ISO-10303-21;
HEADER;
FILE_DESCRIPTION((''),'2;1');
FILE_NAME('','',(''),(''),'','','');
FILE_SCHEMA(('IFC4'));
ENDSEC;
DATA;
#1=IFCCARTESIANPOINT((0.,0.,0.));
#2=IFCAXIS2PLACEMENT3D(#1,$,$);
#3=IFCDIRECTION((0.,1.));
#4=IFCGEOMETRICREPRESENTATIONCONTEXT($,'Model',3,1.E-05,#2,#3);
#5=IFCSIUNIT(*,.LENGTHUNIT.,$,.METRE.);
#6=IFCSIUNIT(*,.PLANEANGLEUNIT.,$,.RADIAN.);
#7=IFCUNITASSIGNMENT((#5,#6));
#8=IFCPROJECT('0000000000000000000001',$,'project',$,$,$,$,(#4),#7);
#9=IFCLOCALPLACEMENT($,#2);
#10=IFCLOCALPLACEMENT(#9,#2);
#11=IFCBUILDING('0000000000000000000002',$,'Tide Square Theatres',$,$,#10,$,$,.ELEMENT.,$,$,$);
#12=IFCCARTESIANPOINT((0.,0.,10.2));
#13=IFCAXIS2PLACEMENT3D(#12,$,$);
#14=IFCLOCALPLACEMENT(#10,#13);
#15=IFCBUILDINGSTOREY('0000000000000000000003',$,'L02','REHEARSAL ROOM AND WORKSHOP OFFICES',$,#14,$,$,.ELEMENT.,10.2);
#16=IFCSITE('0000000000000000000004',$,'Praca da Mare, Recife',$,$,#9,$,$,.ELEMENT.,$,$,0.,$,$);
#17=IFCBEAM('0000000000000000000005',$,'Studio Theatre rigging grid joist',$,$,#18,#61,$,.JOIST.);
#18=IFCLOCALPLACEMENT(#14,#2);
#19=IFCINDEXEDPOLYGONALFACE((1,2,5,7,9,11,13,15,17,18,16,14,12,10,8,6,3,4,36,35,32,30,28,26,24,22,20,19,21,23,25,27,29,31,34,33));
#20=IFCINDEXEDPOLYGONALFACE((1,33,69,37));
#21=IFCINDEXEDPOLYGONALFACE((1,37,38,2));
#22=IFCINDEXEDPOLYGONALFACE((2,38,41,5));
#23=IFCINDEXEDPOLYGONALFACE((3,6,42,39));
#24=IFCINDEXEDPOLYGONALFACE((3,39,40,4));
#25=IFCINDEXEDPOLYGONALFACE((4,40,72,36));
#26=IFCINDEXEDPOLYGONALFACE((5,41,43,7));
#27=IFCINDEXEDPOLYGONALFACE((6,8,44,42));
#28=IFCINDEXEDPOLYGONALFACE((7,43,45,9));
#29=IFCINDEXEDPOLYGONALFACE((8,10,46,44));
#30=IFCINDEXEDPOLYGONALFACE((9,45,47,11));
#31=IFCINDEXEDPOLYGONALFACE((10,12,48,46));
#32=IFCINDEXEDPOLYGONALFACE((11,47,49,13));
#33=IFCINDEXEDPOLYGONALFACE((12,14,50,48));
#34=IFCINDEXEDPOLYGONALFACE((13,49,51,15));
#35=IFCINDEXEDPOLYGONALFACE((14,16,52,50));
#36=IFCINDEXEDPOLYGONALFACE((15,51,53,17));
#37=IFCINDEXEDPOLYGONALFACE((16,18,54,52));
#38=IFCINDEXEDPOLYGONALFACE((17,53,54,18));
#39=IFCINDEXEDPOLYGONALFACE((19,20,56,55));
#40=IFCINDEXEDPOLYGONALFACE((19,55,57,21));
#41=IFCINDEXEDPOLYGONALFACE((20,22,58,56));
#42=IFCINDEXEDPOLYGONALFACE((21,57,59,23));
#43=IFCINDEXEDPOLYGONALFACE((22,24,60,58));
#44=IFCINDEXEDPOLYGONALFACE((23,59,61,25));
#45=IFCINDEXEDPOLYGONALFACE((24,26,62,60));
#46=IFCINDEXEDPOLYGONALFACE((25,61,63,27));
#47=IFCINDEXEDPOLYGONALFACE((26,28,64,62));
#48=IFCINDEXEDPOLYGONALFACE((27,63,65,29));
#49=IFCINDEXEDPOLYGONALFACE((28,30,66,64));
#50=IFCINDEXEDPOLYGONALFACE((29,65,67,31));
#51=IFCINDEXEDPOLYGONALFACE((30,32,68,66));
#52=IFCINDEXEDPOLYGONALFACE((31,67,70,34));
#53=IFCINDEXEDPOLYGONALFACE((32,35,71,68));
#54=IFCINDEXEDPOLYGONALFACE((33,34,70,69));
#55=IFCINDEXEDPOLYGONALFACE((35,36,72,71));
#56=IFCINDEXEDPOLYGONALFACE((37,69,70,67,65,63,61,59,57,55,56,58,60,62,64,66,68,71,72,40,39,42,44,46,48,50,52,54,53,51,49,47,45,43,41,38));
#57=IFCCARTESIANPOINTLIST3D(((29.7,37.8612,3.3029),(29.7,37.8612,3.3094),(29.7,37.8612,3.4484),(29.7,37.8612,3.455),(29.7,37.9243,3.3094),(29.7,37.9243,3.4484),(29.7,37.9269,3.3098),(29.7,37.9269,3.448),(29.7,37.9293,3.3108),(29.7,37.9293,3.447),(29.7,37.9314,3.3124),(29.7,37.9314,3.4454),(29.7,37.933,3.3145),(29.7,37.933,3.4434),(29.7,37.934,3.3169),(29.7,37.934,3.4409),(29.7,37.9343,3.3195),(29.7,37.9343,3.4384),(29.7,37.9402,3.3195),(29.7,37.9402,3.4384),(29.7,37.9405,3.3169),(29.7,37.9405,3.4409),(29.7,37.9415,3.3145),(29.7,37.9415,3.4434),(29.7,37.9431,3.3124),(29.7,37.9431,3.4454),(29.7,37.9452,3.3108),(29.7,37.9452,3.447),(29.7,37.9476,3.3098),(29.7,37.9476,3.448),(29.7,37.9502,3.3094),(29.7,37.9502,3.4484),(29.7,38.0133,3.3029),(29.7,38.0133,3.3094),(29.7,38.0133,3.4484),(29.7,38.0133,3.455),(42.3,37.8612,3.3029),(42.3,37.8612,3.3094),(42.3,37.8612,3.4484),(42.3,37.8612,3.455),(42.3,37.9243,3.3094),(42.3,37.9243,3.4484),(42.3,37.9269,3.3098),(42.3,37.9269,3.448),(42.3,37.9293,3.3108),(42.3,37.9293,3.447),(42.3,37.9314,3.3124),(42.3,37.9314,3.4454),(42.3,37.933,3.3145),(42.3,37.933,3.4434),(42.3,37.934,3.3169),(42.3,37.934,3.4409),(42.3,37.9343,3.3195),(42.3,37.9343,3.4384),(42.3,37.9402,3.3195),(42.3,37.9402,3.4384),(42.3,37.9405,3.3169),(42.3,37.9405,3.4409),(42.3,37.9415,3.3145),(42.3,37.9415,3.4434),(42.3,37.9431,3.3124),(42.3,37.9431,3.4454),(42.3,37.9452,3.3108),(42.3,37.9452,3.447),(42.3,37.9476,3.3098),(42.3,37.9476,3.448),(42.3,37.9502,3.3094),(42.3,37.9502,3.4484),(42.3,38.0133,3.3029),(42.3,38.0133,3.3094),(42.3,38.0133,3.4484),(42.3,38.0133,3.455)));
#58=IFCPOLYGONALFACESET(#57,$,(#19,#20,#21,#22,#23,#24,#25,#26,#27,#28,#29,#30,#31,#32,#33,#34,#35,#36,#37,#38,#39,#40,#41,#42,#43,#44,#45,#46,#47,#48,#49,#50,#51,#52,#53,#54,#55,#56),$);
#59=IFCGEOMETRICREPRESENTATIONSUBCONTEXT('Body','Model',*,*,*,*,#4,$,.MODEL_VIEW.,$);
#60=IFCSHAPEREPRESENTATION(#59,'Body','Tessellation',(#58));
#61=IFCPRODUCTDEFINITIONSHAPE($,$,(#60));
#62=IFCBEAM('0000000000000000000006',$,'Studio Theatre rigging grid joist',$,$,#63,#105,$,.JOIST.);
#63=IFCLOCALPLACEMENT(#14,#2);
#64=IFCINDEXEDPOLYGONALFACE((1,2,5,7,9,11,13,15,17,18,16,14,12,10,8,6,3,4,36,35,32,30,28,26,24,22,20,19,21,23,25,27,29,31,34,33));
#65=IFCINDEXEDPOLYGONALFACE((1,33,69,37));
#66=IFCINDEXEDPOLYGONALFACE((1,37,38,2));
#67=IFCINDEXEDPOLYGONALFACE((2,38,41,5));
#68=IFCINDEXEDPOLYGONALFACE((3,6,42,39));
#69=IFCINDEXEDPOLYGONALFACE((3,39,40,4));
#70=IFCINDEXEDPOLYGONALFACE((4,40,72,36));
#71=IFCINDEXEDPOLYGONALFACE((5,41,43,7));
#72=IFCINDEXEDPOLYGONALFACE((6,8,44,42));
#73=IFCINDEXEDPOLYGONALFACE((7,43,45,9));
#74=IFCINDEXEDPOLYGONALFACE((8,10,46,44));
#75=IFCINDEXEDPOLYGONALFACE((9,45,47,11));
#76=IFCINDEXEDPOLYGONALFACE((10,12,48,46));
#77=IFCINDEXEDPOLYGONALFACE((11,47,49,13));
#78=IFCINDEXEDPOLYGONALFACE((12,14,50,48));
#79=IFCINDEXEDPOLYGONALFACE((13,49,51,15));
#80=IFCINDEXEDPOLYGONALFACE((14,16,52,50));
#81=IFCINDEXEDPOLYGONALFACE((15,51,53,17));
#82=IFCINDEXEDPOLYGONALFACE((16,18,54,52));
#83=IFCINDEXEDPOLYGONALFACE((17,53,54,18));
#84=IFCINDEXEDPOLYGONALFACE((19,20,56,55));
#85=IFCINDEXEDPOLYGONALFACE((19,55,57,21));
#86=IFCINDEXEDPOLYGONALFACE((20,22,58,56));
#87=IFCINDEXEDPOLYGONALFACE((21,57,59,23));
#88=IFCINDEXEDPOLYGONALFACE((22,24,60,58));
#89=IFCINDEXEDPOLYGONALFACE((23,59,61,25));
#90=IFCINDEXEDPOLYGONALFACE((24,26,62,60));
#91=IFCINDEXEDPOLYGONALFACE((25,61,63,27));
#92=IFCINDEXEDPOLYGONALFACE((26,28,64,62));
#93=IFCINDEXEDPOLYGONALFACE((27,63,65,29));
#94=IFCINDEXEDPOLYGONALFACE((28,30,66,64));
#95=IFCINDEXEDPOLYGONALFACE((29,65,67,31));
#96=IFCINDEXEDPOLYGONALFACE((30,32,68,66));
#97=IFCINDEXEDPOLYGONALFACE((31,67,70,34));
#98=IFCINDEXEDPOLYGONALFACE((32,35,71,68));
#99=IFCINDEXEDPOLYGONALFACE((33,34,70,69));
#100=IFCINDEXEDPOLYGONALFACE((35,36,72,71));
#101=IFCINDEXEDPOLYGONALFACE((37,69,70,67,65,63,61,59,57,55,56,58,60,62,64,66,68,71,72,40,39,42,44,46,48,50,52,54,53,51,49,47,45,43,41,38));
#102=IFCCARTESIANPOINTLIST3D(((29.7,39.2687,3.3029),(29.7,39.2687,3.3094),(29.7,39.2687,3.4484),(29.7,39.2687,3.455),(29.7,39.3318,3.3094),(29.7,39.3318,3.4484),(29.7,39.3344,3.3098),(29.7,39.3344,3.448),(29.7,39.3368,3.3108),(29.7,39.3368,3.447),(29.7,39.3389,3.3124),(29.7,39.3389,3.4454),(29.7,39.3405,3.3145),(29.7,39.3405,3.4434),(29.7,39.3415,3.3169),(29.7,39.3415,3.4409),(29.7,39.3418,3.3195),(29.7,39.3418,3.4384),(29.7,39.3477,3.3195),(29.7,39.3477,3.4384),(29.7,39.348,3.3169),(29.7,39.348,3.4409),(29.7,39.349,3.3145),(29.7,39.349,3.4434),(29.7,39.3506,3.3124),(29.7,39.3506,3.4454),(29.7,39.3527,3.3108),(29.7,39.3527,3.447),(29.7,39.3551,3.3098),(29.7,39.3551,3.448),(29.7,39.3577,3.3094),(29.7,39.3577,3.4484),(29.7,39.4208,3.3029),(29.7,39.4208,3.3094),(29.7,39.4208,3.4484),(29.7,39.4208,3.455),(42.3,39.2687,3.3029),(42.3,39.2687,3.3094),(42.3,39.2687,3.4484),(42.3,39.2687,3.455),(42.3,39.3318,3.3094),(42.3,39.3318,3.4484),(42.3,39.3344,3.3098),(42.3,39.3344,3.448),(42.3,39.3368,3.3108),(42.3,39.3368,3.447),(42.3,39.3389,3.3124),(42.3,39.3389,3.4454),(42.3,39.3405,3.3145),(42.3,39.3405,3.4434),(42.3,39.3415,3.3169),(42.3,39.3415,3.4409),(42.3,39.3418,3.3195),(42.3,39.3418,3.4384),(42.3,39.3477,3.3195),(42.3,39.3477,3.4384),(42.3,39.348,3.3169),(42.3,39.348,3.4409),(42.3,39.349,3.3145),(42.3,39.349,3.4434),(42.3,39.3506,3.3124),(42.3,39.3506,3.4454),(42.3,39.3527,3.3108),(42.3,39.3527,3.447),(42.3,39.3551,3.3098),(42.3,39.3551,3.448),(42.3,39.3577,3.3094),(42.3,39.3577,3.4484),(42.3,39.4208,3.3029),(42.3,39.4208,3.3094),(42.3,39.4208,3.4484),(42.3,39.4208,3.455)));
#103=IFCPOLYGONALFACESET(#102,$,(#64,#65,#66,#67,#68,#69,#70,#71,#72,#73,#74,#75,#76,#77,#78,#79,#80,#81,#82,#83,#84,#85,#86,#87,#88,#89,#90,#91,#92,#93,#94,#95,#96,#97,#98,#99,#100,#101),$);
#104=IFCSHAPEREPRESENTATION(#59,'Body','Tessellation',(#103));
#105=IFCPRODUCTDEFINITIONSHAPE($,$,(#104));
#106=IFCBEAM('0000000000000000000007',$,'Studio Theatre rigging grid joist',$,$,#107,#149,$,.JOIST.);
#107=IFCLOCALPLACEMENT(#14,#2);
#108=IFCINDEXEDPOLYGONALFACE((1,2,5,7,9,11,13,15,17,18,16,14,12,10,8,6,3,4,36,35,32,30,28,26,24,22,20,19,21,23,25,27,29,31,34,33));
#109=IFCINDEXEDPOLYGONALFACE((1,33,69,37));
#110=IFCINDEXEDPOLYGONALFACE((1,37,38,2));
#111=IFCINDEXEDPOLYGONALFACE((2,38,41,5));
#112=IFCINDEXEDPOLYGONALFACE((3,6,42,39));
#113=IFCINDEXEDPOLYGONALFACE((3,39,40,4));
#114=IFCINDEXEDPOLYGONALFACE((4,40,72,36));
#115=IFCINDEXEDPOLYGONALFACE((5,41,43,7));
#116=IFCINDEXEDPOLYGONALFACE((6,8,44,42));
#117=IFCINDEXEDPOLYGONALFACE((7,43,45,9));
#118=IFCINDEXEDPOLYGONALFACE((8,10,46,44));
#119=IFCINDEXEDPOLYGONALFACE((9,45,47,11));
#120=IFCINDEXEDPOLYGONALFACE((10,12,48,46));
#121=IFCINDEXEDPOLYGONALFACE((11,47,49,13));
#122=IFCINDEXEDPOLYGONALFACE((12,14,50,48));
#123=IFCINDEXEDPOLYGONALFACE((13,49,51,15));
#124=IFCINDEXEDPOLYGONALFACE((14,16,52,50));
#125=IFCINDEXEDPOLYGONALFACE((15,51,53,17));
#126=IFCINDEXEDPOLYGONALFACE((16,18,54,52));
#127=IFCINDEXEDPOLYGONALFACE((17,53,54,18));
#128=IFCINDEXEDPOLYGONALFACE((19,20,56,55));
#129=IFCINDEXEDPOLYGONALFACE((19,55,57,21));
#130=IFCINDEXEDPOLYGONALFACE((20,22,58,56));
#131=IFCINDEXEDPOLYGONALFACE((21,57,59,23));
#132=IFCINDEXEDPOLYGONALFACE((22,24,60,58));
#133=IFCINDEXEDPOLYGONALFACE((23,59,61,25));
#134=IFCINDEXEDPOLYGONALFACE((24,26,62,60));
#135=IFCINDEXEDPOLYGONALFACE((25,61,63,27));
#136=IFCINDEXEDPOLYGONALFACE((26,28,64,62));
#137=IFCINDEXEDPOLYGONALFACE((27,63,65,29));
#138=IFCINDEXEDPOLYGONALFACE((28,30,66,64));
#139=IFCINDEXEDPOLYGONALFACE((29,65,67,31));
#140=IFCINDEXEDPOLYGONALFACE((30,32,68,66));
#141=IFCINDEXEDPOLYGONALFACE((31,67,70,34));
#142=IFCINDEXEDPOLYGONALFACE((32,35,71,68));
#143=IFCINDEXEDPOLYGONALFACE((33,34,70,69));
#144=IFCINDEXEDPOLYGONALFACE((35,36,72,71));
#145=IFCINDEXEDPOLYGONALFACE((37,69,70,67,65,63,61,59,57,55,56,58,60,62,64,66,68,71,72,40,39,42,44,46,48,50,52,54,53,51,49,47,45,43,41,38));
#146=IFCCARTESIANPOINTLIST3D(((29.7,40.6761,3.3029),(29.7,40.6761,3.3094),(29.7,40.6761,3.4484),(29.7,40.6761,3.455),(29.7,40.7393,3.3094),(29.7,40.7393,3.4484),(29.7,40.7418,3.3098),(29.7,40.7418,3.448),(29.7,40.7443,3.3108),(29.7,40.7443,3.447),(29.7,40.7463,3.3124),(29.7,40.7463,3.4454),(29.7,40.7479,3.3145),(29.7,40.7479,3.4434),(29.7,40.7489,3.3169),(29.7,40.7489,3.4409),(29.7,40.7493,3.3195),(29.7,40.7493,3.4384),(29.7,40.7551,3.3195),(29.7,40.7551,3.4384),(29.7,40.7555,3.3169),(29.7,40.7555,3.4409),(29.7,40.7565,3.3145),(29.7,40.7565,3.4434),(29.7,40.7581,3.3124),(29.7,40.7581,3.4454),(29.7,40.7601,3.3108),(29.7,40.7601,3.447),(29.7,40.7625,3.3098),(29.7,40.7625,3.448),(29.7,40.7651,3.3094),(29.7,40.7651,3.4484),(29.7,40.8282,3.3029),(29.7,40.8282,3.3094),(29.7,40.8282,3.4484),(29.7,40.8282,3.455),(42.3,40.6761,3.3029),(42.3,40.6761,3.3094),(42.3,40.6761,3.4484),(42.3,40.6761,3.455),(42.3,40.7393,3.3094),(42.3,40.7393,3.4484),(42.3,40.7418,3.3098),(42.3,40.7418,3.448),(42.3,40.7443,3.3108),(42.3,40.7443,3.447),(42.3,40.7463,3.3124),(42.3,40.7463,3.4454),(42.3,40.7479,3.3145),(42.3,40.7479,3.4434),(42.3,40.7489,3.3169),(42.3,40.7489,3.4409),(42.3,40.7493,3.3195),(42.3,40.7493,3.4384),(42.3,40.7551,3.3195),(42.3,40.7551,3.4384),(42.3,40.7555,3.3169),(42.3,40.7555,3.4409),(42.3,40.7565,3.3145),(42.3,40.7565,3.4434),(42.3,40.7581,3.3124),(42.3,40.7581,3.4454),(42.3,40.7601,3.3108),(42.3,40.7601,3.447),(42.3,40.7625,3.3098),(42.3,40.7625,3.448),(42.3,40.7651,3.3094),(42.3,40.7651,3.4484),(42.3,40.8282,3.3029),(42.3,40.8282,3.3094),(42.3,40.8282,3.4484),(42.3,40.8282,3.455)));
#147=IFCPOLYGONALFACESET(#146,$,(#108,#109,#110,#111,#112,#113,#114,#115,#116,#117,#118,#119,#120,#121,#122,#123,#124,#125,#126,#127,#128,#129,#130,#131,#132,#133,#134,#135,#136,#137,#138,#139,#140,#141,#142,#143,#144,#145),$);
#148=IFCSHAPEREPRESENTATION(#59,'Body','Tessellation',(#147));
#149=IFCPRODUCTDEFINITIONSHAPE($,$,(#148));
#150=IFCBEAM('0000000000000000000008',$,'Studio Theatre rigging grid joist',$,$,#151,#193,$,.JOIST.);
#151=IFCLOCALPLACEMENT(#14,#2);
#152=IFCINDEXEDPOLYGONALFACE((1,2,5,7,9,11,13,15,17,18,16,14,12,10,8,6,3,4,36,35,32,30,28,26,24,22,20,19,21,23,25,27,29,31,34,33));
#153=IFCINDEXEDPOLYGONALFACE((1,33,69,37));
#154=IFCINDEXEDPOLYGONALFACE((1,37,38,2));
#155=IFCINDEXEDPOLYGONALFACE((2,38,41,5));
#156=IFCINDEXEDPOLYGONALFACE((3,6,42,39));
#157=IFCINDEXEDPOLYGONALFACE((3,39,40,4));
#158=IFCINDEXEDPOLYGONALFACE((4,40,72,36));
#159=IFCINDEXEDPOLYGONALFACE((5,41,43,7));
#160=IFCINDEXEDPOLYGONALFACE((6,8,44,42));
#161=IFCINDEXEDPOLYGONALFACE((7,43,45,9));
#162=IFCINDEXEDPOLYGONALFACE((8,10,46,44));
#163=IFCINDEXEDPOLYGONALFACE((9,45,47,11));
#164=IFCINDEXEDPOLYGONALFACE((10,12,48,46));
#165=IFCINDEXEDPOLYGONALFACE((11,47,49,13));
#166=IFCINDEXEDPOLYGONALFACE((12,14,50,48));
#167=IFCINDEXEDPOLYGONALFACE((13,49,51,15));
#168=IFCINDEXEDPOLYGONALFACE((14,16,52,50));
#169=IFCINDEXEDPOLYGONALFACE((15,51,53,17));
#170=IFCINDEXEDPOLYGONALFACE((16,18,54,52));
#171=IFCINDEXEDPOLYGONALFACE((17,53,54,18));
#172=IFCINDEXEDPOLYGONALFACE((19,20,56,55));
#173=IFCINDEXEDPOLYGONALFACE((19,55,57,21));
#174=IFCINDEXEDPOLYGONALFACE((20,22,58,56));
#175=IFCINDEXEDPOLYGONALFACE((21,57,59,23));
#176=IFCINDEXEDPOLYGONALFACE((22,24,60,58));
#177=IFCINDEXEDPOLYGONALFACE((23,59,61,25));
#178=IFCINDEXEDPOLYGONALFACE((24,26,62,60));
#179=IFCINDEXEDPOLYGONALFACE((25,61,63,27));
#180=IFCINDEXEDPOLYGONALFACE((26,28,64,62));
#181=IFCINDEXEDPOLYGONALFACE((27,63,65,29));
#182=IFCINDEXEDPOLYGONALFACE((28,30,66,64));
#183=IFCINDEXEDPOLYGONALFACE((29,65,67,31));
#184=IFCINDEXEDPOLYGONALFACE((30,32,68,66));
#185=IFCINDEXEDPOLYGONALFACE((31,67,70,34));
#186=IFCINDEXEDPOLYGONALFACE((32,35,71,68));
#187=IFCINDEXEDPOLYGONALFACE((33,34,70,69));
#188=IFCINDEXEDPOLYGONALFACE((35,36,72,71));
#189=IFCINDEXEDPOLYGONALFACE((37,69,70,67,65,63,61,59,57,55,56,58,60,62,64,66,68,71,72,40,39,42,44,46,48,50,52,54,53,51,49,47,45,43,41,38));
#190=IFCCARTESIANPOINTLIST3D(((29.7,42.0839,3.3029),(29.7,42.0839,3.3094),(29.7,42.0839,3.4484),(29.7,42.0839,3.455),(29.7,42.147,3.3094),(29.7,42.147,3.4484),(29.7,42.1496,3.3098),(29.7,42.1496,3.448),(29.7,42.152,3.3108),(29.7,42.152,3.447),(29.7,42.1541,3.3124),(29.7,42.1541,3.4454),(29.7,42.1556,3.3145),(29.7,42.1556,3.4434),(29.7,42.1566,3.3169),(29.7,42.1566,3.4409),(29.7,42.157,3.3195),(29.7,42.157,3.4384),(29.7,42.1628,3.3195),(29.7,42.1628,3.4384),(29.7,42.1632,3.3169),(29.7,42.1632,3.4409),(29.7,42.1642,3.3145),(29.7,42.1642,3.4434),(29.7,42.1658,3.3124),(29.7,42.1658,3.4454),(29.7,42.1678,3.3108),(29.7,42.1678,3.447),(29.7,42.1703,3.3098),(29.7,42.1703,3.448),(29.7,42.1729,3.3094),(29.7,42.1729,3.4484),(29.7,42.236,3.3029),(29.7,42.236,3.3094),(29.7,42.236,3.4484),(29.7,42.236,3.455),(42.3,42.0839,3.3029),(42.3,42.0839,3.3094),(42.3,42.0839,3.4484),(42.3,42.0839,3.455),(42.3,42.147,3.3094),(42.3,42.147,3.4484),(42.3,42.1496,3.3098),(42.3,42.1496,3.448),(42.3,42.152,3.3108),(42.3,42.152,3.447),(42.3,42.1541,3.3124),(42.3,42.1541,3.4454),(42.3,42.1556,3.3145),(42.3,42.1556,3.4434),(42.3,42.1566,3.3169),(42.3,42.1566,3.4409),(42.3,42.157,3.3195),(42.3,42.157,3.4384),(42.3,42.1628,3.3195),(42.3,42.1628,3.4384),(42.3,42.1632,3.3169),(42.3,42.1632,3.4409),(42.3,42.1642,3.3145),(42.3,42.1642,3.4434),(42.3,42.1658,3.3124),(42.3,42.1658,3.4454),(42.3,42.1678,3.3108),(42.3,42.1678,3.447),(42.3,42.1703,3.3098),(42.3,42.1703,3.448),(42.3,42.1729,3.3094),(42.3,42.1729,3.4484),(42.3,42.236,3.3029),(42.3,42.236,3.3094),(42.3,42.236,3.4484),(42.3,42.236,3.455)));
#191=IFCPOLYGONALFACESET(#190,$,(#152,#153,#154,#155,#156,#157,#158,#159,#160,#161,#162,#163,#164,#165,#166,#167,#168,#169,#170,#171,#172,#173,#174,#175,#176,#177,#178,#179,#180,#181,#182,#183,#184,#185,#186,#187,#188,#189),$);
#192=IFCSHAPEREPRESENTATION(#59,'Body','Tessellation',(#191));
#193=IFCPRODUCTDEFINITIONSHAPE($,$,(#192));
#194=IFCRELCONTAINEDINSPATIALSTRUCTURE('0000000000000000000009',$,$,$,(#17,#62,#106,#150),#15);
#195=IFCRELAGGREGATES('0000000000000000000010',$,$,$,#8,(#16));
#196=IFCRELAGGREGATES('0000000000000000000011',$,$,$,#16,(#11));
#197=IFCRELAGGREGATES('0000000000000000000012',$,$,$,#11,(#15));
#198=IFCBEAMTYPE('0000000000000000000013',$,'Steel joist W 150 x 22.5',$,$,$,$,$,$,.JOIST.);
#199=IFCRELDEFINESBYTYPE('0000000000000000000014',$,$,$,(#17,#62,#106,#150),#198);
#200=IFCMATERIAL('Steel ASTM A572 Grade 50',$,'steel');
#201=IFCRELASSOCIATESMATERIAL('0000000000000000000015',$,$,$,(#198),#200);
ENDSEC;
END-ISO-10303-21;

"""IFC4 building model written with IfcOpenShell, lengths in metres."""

from ifc_helpers import new_model, si_unit, direction, frame, origin, origin_2d, place, context, subcontext, project, spatial, i_section, extrude, material, material_profile, profile_set, type_object, element, save


model = new_model("IFC4")

# Units and contexts
model_context = context("Model", 3, precision=1e-05, world=origin(), true_north=direction((0.0, 1.0)))
body_context = subcontext(model_context, "Body", "Model", "MODEL_VIEW")
ifc_project = project(units=[si_unit("LENGTHUNIT", "METRE"), si_unit("PLANEANGLEUNIT", "RADIAN")], contexts=[model_context])

# Site, building, storey
site_placement = place(None, origin())
site = spatial("IfcSite", under=ifc_project, at=site_placement, Name="Praca da Mare, Recife", CompositionType="ELEMENT", RefElevation=0.0)
building_placement = place(site_placement, origin())
building = spatial("IfcBuilding", under=site, at=building_placement, Name="Tide Square Theatres", CompositionType="ELEMENT")
storey_placement = place(building_placement, frame((0.0, 0.0, 10.2)))
storey = spatial("IfcBuildingStorey", under=building, at=storey_placement, Name="L02", Description="REHEARSAL ROOM AND WORKSHOP OFFICES", CompositionType="ELEMENT", Elevation=10.2)

# Beams
ifc_material_1 = material(Name="Steel ASTM A572 Grade 50", Category="steel")
ifc_material_profile_1 = material_profile(ifc_material_1, i_section(OverallWidth=0.1521, OverallDepth=0.1521, WebThickness=0.0059, FlangeThickness=0.0066, FilletRadius=0.01, at=origin_2d()))
ifc_profile_set_1 = profile_set([ifc_material_profile_1], Name="Steel ASTM A572 Grade 50")
beam_type_1 = type_object("IfcBeamType", Name="Steel joist W 150 x 22.5", PredefinedType="JOIST", material=ifc_profile_set_1)
for number, where, z_axis, x_axis, name in (
    (1, (42.3, 37.9373, 3.3789), (-1.0, 0.0, 0.0), (0.0, -1.0, 0.0), "Studio Theatre rigging grid joist"),
    (2, (42.3, 39.3447, 3.3789), (-1.0, 0.0, 0.0), (0.0, -1.0, 0.0), "Studio Theatre rigging grid joist"),
    (3, (42.3, 40.7522, 3.3789), (-1.0, 0.0, 0.0), (0.0, -1.0, 0.0), "Studio Theatre rigging grid joist"),
    (4, (42.3, 42.1599, 3.3789), (-1.0, 0.0, 0.0), (0.0, -1.0, 0.0), "Studio Theatre rigging grid joist"),
):
    element("IfcBeam", number, at=place(storey_placement, frame(where, z_axis=z_axis, x_axis=x_axis)), inside=storey, type_object=beam_type_1, Name=name, PredefinedType="JOIST", context=body_context, shape_type="SweptSolid", body=[
        extrude(i_section(OverallWidth=0.1521, OverallDepth=0.1521, WebThickness=0.0059, FlangeThickness=0.0066, FilletRadius=0.01, at=origin_2d()), origin(), (0.0, 0.0, 1.0), 12.6001),
    ])

save(model, "model.ifc")
